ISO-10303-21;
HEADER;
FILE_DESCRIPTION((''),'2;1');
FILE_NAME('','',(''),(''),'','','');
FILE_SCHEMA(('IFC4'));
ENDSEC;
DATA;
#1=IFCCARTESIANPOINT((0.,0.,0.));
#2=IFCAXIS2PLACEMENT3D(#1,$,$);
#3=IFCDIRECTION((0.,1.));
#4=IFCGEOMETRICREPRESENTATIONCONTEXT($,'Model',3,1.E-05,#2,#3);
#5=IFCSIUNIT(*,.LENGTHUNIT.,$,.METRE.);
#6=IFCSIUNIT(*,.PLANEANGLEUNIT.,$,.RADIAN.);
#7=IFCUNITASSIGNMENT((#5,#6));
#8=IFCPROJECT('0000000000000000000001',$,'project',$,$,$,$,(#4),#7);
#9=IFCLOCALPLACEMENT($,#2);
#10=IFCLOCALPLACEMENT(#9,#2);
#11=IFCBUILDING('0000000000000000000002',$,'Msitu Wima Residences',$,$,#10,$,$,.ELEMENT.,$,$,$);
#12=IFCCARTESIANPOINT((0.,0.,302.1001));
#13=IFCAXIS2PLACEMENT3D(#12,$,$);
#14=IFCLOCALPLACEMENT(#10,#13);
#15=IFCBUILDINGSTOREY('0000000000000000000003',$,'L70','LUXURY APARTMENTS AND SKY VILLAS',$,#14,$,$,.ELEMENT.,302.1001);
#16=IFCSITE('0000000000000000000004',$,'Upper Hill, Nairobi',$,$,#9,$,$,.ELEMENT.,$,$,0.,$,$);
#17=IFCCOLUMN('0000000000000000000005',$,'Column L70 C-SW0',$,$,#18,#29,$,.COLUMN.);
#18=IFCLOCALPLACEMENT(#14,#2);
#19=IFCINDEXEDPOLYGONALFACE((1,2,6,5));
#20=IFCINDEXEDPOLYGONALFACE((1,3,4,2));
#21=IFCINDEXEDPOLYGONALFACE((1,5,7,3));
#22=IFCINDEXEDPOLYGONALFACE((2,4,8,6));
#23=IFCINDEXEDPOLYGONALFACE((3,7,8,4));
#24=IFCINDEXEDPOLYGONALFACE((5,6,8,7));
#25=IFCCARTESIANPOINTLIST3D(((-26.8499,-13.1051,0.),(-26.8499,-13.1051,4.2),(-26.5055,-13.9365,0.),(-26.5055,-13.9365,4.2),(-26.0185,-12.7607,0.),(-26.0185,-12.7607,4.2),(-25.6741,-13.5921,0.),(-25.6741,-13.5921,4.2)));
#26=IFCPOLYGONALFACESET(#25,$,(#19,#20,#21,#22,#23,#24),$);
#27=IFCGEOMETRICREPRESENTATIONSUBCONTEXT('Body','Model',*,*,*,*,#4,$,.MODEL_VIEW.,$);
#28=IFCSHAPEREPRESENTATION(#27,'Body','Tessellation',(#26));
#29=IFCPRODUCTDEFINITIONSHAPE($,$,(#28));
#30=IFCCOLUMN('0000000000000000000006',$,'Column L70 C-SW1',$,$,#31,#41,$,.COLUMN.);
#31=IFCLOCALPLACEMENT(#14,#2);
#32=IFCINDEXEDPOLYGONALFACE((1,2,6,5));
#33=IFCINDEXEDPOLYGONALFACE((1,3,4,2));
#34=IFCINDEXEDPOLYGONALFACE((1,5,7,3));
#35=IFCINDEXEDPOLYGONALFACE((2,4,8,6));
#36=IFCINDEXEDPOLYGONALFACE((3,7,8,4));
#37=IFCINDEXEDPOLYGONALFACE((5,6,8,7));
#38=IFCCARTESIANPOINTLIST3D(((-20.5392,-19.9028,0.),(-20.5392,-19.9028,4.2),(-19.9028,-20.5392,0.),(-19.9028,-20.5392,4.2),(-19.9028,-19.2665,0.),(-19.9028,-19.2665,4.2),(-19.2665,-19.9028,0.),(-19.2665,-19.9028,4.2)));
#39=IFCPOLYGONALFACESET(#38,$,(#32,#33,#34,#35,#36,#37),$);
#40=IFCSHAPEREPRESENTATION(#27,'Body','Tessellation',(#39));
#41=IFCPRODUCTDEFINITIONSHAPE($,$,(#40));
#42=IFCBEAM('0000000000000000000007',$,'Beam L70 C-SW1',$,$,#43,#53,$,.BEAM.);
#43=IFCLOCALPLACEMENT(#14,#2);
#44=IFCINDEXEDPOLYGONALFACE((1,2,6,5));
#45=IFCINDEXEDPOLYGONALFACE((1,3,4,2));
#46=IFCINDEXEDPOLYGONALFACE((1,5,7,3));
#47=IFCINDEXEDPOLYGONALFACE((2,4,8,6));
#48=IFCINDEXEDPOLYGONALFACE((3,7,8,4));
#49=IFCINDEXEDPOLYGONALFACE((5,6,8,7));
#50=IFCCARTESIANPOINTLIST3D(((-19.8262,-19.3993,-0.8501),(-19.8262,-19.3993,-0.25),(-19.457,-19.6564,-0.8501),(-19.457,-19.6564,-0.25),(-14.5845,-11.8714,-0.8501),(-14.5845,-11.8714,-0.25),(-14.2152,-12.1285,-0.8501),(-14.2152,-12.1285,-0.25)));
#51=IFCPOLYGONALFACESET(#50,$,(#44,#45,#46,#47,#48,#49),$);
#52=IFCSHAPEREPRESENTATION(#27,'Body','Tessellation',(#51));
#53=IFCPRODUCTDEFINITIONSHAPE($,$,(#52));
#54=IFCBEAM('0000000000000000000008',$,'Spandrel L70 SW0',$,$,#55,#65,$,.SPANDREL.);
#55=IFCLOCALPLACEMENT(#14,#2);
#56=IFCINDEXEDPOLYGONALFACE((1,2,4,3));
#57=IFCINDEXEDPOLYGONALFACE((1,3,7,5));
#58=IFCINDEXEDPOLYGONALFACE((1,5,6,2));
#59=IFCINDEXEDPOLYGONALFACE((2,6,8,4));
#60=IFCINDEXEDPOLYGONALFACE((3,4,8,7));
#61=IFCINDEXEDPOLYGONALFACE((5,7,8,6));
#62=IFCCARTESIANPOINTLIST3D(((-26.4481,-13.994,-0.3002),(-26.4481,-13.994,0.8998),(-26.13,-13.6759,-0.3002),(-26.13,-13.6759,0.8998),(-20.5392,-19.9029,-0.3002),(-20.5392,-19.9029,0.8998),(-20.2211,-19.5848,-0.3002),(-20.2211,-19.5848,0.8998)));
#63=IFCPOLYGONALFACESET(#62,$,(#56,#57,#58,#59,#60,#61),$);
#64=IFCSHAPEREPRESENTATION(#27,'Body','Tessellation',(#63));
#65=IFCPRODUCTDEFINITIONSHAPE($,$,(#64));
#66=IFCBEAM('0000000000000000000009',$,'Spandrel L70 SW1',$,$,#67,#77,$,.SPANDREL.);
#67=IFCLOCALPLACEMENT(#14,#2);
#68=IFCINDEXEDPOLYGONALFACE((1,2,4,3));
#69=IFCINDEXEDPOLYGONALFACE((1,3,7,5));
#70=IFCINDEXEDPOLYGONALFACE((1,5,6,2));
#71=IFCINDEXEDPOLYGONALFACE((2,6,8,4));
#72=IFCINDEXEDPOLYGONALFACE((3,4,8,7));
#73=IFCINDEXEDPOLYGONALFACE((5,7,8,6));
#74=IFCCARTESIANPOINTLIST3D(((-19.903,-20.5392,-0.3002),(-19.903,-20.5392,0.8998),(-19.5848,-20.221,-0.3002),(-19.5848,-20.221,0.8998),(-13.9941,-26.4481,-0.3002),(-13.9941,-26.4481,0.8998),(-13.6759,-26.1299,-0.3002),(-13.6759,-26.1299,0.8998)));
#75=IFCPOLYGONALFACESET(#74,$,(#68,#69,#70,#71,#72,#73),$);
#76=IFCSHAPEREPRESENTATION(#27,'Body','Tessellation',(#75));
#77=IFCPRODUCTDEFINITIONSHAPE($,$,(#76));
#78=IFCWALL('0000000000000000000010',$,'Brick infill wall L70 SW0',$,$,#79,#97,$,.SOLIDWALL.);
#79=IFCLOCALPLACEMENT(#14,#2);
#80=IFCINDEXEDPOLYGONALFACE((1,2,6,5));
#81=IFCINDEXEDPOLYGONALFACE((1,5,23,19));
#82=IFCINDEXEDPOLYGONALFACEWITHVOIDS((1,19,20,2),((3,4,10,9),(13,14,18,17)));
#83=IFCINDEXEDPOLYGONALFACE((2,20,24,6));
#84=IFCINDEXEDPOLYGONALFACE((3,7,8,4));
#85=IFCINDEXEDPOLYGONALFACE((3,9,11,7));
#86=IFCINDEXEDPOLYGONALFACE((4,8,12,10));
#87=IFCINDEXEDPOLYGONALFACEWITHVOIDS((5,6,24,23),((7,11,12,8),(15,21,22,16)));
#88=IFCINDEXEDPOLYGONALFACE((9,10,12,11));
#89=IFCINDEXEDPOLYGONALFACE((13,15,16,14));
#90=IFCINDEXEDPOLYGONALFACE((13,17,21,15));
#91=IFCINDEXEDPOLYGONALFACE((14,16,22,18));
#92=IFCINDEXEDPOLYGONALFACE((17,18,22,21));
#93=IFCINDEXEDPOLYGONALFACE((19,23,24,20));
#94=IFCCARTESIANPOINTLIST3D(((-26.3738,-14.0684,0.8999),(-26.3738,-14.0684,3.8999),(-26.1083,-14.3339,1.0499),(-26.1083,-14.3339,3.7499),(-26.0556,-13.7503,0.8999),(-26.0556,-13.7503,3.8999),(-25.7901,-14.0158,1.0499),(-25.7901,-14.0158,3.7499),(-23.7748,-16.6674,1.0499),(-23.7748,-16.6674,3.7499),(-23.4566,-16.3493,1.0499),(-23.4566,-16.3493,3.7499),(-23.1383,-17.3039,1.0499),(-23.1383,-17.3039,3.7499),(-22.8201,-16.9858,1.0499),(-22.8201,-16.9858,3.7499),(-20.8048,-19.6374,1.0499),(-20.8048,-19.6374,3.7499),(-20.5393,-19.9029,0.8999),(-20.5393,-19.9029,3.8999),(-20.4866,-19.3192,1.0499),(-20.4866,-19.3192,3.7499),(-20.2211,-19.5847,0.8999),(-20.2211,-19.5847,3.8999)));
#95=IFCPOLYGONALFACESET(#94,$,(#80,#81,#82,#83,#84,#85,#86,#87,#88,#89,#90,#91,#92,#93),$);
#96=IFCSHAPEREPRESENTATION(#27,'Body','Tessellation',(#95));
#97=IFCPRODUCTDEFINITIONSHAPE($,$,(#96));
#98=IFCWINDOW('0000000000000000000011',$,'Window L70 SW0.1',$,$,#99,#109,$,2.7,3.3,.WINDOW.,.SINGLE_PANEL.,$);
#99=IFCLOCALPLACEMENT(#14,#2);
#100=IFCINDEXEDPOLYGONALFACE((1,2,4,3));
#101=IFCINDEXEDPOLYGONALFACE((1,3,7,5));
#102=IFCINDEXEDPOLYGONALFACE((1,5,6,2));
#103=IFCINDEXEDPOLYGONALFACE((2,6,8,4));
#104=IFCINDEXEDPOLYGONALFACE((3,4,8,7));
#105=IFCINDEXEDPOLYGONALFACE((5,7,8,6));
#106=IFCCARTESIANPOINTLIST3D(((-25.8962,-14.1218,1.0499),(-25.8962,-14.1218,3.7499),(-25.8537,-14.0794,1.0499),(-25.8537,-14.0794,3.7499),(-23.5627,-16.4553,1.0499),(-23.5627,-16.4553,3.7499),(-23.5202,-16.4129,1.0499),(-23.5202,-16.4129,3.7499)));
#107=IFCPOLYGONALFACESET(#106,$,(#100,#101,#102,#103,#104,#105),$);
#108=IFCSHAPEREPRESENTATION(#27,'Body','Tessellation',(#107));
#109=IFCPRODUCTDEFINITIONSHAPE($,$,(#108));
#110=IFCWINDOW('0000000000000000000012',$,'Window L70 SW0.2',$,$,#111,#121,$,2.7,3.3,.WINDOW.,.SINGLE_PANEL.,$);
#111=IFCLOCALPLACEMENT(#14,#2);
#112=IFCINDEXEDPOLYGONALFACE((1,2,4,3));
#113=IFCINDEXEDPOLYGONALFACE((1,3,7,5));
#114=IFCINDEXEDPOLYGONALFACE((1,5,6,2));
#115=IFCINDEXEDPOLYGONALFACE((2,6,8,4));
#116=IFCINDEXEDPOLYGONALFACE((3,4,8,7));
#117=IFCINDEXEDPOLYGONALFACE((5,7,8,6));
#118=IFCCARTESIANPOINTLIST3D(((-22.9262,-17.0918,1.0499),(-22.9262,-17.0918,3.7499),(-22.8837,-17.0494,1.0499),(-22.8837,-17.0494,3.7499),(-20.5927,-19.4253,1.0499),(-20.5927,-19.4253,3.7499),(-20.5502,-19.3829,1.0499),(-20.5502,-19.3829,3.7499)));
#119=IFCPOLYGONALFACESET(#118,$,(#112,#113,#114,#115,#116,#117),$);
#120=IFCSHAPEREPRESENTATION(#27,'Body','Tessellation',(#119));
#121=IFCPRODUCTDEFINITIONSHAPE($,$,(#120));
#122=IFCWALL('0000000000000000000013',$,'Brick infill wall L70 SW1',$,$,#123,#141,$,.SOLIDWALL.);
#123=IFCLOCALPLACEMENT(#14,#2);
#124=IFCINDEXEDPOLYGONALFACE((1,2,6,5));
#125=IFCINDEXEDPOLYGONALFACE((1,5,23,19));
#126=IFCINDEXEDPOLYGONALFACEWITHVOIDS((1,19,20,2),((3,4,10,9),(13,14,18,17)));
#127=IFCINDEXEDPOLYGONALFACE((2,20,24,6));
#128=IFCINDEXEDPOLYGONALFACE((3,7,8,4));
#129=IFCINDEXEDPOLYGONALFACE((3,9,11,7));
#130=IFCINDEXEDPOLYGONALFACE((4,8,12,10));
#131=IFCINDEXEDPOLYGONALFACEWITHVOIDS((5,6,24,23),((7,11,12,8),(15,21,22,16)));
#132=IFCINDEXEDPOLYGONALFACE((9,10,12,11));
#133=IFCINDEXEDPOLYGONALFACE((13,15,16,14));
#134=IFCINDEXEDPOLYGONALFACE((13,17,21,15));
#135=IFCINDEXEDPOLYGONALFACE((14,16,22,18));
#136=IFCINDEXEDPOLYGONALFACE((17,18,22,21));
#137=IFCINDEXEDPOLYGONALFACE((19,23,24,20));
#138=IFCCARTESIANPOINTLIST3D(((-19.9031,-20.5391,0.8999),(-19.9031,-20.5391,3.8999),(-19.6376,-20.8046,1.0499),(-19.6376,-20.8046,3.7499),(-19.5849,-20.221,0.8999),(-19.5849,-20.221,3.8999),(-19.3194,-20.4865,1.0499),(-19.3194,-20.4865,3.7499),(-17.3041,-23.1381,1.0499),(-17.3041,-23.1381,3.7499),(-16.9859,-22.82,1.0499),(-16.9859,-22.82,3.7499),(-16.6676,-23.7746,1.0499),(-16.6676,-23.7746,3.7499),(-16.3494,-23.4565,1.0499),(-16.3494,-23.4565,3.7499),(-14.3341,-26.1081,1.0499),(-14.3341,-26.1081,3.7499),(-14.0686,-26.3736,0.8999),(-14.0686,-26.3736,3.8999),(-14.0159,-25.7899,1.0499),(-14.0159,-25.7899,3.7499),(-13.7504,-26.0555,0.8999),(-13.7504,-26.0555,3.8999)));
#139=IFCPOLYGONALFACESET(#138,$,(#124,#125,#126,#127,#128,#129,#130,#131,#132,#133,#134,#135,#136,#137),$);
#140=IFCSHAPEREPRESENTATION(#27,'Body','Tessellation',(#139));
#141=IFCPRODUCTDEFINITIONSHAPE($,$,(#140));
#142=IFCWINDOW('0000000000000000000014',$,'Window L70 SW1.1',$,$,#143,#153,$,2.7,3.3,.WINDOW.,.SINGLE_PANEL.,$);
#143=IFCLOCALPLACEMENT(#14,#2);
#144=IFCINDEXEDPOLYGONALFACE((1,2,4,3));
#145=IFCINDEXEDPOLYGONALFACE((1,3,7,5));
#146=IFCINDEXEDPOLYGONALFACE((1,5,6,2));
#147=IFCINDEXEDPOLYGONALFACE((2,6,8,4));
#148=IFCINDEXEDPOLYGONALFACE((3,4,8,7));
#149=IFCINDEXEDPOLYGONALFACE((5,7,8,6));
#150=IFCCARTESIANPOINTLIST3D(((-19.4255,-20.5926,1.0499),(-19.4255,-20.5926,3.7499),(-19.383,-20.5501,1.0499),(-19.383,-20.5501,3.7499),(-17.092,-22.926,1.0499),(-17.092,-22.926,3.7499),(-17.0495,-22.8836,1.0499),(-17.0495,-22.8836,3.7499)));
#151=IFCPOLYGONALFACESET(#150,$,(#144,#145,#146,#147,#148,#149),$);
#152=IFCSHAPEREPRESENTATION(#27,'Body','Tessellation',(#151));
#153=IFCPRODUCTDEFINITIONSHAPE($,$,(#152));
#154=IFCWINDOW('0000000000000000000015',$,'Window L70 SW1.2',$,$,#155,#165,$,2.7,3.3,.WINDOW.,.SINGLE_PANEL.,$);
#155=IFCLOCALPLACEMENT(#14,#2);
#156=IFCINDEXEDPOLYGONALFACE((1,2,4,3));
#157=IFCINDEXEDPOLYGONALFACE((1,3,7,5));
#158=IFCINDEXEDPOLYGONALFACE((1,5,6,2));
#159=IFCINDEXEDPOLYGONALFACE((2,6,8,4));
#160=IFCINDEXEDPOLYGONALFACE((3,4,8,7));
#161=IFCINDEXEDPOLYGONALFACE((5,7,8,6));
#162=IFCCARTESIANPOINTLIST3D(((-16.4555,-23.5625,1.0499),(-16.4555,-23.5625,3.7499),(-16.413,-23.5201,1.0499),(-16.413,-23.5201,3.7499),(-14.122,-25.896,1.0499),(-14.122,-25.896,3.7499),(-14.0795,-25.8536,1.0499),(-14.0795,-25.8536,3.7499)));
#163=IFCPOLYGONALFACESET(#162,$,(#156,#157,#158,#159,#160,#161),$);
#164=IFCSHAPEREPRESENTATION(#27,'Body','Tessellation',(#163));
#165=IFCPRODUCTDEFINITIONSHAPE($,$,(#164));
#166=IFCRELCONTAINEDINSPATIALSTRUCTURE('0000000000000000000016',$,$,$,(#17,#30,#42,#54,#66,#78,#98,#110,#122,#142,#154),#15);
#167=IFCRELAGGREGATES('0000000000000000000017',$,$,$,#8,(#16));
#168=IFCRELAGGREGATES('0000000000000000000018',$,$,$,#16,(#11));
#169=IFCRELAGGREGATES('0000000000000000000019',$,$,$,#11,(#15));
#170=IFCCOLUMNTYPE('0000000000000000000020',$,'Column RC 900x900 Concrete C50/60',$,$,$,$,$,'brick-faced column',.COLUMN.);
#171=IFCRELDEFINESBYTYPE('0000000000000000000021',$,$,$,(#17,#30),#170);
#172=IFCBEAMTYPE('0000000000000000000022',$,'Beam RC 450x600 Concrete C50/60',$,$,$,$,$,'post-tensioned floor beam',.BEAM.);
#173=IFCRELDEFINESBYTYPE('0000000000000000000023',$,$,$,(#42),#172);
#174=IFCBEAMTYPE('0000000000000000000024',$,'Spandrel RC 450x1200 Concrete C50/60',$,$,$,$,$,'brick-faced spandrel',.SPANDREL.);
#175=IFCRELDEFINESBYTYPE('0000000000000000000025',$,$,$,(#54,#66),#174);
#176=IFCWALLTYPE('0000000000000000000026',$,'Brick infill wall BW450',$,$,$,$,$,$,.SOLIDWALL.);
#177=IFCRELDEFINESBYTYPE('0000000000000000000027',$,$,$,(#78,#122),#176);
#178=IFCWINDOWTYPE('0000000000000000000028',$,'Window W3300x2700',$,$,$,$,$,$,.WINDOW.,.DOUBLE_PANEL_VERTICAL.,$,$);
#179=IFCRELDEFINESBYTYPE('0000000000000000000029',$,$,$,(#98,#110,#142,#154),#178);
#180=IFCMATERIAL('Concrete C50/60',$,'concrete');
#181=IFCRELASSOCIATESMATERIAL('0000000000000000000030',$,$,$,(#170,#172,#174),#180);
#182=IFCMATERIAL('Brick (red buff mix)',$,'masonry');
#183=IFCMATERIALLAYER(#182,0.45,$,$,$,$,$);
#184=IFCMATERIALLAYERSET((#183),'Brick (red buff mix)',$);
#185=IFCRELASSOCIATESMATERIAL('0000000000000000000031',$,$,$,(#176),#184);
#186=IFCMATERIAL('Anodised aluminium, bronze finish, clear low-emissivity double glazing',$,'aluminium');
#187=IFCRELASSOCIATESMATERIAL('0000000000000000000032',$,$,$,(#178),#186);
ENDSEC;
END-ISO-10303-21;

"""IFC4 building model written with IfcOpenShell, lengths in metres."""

from ifc_helpers import new_model, si_unit, direction, frame, frame_2d, origin, origin_2d, place, context, subcontext, project, spatial, rectangle, extrude, material, layer, layer_set, material_profile, profile_set, type_object, element, fill, save


model = new_model("IFC4")

# Units and contexts
model_context = context("Model", 3, precision=1e-05, world=origin(), true_north=direction((0.0, 1.0)))
body_context = subcontext(model_context, "Body", "Model", "MODEL_VIEW")
ifc_project = project(units=[si_unit("LENGTHUNIT", "METRE"), si_unit("PLANEANGLEUNIT", "RADIAN")], contexts=[model_context])

# Site, building, storey
site_placement = place(None, origin())
site = spatial("IfcSite", under=ifc_project, at=site_placement, Name="Upper Hill, Nairobi", CompositionType="ELEMENT", RefElevation=0.0)
building_placement = place(site_placement, origin())
building = spatial("IfcBuilding", under=site, at=building_placement, Name="Msitu Wima Residences", CompositionType="ELEMENT")
storey_placement = place(building_placement, frame((0.0, 0.0, 302.1001)))
storey = spatial("IfcBuildingStorey", under=building, at=storey_placement, Name="L70", Description="LUXURY APARTMENTS AND SKY VILLAS", CompositionType="ELEMENT", Elevation=302.1001)

# Columns
ifc_material_1 = material(Name="Concrete C50/60", Category="concrete")
ifc_material_profile_1 = material_profile(ifc_material_1, rectangle(XDim=0.8999, YDim=0.8999, at=origin_2d()), Name="RC 900x900")
ifc_profile_set_1 = profile_set([ifc_material_profile_1], Name="Concrete C50/60")
column_type = type_object("IfcColumnType", Name="Column RC 900x900 Concrete C50/60", ElementType="brick-faced column", PredefinedType="COLUMN", material=ifc_profile_set_1)
for number, where, z_axis, x_axis, name in (
    (1, (-26.262, -13.3486, 0.0), (0.0, 0.0, 1.0), (0.382683, -0.92388, 0.0), "Column L70 C-SW0"),
    (2, (-19.9028, -19.9028, 0.0), (0.0, 0.0, 1.0), (0.707107, -0.707107, 0.0), "Column L70 C-SW1"),
):
    element("IfcColumn", number, at=place(storey_placement, frame(where, z_axis=z_axis, x_axis=x_axis)), inside=storey, type_object=column_type, Name=name, PredefinedType="COLUMN", context=body_context, shape_type="SweptSolid", body=[
        extrude(rectangle(XDim=0.8999, YDim=0.8999, at=origin_2d()), origin(), (0.0, 0.0, 1.0), 4.2),
    ])

# Beams
ifc_material_profile_2 = material_profile(ifc_material_1, rectangle(XDim=0.45, YDim=0.6001, at=origin_2d()), Name="RC 450x600")
ifc_profile_set_2 = profile_set([ifc_material_profile_2], Name="Concrete C50/60")
beam_type_1 = type_object("IfcBeamType", Name="Beam RC 450x600 Concrete C50/60", ElementType="post-tensioned floor beam", PredefinedType="BEAM", material=ifc_profile_set_2)
beam_placement = place(storey_placement, frame((-19.6416, -19.5278, -0.55), z_axis=(0.571428, 0.820652, 0.0), x_axis=(-0.820652, 0.571428, 0.0)))
element("IfcBeam", 3, at=beam_placement, inside=storey, type_object=beam_type_1, Name="Beam L70 C-SW1", PredefinedType="BEAM", context=body_context, shape_type="SweptSolid", body=[
    extrude(rectangle(XDim=0.45, YDim=0.6001, at=origin_2d()), origin(), (0.0, 0.0, 1.0), 9.1731),
])
ifc_material_profile_3 = material_profile(ifc_material_1, rectangle(XDim=0.45, YDim=1.2, at=origin_2d()), Name="RC 450x1200")
ifc_profile_set_3 = profile_set([ifc_material_profile_3], Name="Concrete C50/60")
beam_type_2 = type_object("IfcBeamType", Name="Spandrel RC 450x1200 Concrete C50/60", ElementType="brick-faced spandrel", PredefinedType="SPANDREL", material=ifc_profile_set_3)
for number, where, z_axis, x_axis, name in (
    (4, (-26.2891, -13.835, 0.2998), (0.707107, -0.707107, 0.0), (0.707107, 0.707107, 0.0), "Spandrel L70 SW0"),
    (5, (-19.7439, -20.3801, 0.2998), (0.707107, -0.707107, 0.0), (0.707107, 0.707107, 0.0), "Spandrel L70 SW1"),
):
    element("IfcBeam", number, at=place(storey_placement, frame(where, z_axis=z_axis, x_axis=x_axis)), inside=storey, type_object=beam_type_2, Name=name, PredefinedType="SPANDREL", context=body_context, shape_type="SweptSolid", body=[
        extrude(rectangle(XDim=0.45, YDim=1.2, at=origin_2d()), origin(), (0.0, 0.0, 1.0), 8.3564),
    ])

# Walls, openings, windows
ifc_material_2 = material(Name="Brick (red buff mix)", Category="masonry")
ifc_layer_1 = layer(ifc_material_2, 0.45)
ifc_layer_set_1 = layer_set([ifc_layer_1], Name="Brick (red buff mix)")
wall_type_1 = type_object("IfcWallType", Name="Brick infill wall BW450", PredefinedType="SOLIDWALL", material=ifc_layer_set_1)
wall_1_placement = place(storey_placement, frame((-26.2146, -13.9094, 0.8999), z_axis=(0.0, 0.0, 1.0), x_axis=(0.707107, -0.707107, 0.0)))
wall_1 = element("IfcWall", 6, at=wall_1_placement, inside=storey, type_object=wall_type_1, Name="Brick infill wall L70 SW0", PredefinedType="SOLIDWALL", context=body_context, shape_type="SweptSolid", body=[
    extrude(rectangle(XDim=8.2512, YDim=0.45, at=frame_2d((4.1255, 0.0))), origin(), (0.0, 0.0, 1.0), 3.0),
])
opening_1_placement = place(wall_1_placement, frame((0.3755, 0.0, 0.1499)))
opening_1 = element("IfcOpeningElement", 7, at=opening_1_placement, cuts=wall_1, PredefinedType="OPENING", context=body_context, shape_type="SweptSolid", body=[
    extrude(rectangle(XDim=3.3, YDim=2.7, at=frame_2d((1.6499, 1.3501))), frame((0.0, 0.2349, 0.0), z_axis=(0.0, -1.0, 0.0), x_axis=(1.0, 0.0, 0.0)), (0.0, 0.0, 1.0), 0.47),
])
opening_2_placement = place(wall_1_placement, frame((4.5757, 0.0, 0.1499)))
opening_2 = element("IfcOpeningElement", 8, at=opening_2_placement, cuts=wall_1, PredefinedType="OPENING", context=body_context, shape_type="SweptSolid", body=[
    extrude(rectangle(XDim=3.3, YDim=2.7, at=frame_2d((1.6499, 1.3501))), frame((0.0, 0.2349, 0.0), z_axis=(0.0, -1.0, 0.0), x_axis=(1.0, 0.0, 0.0)), (0.0, 0.0, 1.0), 0.47),
])
ifc_material_3 = material(Name="Anodised aluminium, bronze finish, clear low-emissivity double glazing", Category="aluminium")
window_type = type_object("IfcWindowType", Name="Window W3300x2700", PartitioningType="DOUBLE_PANEL_VERTICAL", PredefinedType="WINDOW", material=ifc_material_3)
window_1_placement = place(opening_1_placement, origin())
window_1 = element("IfcWindow", 9, at=window_1_placement, inside=storey, type_object=window_type, Name="Window L70 SW0.1", OverallHeight=2.7, OverallWidth=3.3, PartitioningType="SINGLE_PANEL", PredefinedType="WINDOW", context=body_context, shape_type="SweptSolid", body=[
    extrude(rectangle(XDim=3.3, YDim=2.7, at=frame_2d((1.6499, 1.3501))), frame((0.0, 0.135, 0.0), z_axis=(0.0, -1.0, 0.0), x_axis=(1.0, 0.0, 0.0)), (0.0, 0.0, 1.0), 0.0601),
])
fill(opening_1, window_1)
window_2_placement = place(opening_2_placement, origin())
window_2 = element("IfcWindow", 10, at=window_2_placement, inside=storey, type_object=window_type, Name="Window L70 SW0.2", OverallHeight=2.7, OverallWidth=3.3, PartitioningType="SINGLE_PANEL", PredefinedType="WINDOW", context=body_context, shape_type="SweptSolid", body=[
    extrude(rectangle(XDim=3.3, YDim=2.7, at=frame_2d((1.6499, 1.3501))), frame((0.0, 0.135, 0.0), z_axis=(0.0, -1.0, 0.0), x_axis=(1.0, 0.0, 0.0)), (0.0, 0.0, 1.0), 0.0601),
])
fill(opening_2, window_2)
wall_2_placement = place(storey_placement, frame((-19.7439, -20.3801, 0.8999), z_axis=(0.0, 0.0, 1.0), x_axis=(0.707107, -0.707107, 0.0)))
wall_2 = element("IfcWall", 11, at=wall_2_placement, inside=storey, type_object=wall_type_1, Name="Brick infill wall L70 SW1", PredefinedType="SOLIDWALL", context=body_context, shape_type="SweptSolid", body=[
    extrude(rectangle(XDim=8.2512, YDim=0.45, at=frame_2d((4.1255, 0.0))), origin(), (0.0, 0.0, 1.0), 3.0),
])
opening_3_placement = place(wall_2_placement, frame((0.3755, 0.0, 0.1499)))
opening_3 = element("IfcOpeningElement", 12, at=opening_3_placement, cuts=wall_2, PredefinedType="OPENING", context=body_context, shape_type="SweptSolid", body=[
    extrude(rectangle(XDim=3.3, YDim=2.7, at=frame_2d((1.6499, 1.3501))), frame((0.0, 0.2349, 0.0), z_axis=(0.0, -1.0, 0.0), x_axis=(1.0, 0.0, 0.0)), (0.0, 0.0, 1.0), 0.47),
])
opening_4_placement = place(wall_2_placement, frame((4.5757, 0.0, 0.1499)))
opening_4 = element("IfcOpeningElement", 13, at=opening_4_placement, cuts=wall_2, PredefinedType="OPENING", context=body_context, shape_type="SweptSolid", body=[
    extrude(rectangle(XDim=3.3, YDim=2.7, at=frame_2d((1.6499, 1.3501))), frame((0.0, 0.2349, 0.0), z_axis=(0.0, -1.0, 0.0), x_axis=(1.0, 0.0, 0.0)), (0.0, 0.0, 1.0), 0.47),
])
window_3_placement = place(opening_3_placement, origin())
window_3 = element("IfcWindow", 14, at=window_3_placement, inside=storey, type_object=window_type, Name="Window L70 SW1.1", OverallHeight=2.7, OverallWidth=3.3, PartitioningType="SINGLE_PANEL", PredefinedType="WINDOW", context=body_context, shape_type="SweptSolid", body=[
    extrude(rectangle(XDim=3.3, YDim=2.7, at=frame_2d((1.6499, 1.3501))), frame((0.0, 0.135, 0.0), z_axis=(0.0, -1.0, 0.0), x_axis=(1.0, 0.0, 0.0)), (0.0, 0.0, 1.0), 0.0601),
])
fill(opening_3, window_3)
window_4_placement = place(opening_4_placement, origin())
window_4 = element("IfcWindow", 15, at=window_4_placement, inside=storey, type_object=window_type, Name="Window L70 SW1.2", OverallHeight=2.7, OverallWidth=3.3, PartitioningType="SINGLE_PANEL", PredefinedType="WINDOW", context=body_context, shape_type="SweptSolid", body=[
    extrude(rectangle(XDim=3.3, YDim=2.7, at=frame_2d((1.6499, 1.3501))), frame((0.0, 0.135, 0.0), z_axis=(0.0, -1.0, 0.0), x_axis=(1.0, 0.0, 0.0)), (0.0, 0.0, 1.0), 0.0601),
])
fill(opening_4, window_4)

save(model, "model.ifc")
